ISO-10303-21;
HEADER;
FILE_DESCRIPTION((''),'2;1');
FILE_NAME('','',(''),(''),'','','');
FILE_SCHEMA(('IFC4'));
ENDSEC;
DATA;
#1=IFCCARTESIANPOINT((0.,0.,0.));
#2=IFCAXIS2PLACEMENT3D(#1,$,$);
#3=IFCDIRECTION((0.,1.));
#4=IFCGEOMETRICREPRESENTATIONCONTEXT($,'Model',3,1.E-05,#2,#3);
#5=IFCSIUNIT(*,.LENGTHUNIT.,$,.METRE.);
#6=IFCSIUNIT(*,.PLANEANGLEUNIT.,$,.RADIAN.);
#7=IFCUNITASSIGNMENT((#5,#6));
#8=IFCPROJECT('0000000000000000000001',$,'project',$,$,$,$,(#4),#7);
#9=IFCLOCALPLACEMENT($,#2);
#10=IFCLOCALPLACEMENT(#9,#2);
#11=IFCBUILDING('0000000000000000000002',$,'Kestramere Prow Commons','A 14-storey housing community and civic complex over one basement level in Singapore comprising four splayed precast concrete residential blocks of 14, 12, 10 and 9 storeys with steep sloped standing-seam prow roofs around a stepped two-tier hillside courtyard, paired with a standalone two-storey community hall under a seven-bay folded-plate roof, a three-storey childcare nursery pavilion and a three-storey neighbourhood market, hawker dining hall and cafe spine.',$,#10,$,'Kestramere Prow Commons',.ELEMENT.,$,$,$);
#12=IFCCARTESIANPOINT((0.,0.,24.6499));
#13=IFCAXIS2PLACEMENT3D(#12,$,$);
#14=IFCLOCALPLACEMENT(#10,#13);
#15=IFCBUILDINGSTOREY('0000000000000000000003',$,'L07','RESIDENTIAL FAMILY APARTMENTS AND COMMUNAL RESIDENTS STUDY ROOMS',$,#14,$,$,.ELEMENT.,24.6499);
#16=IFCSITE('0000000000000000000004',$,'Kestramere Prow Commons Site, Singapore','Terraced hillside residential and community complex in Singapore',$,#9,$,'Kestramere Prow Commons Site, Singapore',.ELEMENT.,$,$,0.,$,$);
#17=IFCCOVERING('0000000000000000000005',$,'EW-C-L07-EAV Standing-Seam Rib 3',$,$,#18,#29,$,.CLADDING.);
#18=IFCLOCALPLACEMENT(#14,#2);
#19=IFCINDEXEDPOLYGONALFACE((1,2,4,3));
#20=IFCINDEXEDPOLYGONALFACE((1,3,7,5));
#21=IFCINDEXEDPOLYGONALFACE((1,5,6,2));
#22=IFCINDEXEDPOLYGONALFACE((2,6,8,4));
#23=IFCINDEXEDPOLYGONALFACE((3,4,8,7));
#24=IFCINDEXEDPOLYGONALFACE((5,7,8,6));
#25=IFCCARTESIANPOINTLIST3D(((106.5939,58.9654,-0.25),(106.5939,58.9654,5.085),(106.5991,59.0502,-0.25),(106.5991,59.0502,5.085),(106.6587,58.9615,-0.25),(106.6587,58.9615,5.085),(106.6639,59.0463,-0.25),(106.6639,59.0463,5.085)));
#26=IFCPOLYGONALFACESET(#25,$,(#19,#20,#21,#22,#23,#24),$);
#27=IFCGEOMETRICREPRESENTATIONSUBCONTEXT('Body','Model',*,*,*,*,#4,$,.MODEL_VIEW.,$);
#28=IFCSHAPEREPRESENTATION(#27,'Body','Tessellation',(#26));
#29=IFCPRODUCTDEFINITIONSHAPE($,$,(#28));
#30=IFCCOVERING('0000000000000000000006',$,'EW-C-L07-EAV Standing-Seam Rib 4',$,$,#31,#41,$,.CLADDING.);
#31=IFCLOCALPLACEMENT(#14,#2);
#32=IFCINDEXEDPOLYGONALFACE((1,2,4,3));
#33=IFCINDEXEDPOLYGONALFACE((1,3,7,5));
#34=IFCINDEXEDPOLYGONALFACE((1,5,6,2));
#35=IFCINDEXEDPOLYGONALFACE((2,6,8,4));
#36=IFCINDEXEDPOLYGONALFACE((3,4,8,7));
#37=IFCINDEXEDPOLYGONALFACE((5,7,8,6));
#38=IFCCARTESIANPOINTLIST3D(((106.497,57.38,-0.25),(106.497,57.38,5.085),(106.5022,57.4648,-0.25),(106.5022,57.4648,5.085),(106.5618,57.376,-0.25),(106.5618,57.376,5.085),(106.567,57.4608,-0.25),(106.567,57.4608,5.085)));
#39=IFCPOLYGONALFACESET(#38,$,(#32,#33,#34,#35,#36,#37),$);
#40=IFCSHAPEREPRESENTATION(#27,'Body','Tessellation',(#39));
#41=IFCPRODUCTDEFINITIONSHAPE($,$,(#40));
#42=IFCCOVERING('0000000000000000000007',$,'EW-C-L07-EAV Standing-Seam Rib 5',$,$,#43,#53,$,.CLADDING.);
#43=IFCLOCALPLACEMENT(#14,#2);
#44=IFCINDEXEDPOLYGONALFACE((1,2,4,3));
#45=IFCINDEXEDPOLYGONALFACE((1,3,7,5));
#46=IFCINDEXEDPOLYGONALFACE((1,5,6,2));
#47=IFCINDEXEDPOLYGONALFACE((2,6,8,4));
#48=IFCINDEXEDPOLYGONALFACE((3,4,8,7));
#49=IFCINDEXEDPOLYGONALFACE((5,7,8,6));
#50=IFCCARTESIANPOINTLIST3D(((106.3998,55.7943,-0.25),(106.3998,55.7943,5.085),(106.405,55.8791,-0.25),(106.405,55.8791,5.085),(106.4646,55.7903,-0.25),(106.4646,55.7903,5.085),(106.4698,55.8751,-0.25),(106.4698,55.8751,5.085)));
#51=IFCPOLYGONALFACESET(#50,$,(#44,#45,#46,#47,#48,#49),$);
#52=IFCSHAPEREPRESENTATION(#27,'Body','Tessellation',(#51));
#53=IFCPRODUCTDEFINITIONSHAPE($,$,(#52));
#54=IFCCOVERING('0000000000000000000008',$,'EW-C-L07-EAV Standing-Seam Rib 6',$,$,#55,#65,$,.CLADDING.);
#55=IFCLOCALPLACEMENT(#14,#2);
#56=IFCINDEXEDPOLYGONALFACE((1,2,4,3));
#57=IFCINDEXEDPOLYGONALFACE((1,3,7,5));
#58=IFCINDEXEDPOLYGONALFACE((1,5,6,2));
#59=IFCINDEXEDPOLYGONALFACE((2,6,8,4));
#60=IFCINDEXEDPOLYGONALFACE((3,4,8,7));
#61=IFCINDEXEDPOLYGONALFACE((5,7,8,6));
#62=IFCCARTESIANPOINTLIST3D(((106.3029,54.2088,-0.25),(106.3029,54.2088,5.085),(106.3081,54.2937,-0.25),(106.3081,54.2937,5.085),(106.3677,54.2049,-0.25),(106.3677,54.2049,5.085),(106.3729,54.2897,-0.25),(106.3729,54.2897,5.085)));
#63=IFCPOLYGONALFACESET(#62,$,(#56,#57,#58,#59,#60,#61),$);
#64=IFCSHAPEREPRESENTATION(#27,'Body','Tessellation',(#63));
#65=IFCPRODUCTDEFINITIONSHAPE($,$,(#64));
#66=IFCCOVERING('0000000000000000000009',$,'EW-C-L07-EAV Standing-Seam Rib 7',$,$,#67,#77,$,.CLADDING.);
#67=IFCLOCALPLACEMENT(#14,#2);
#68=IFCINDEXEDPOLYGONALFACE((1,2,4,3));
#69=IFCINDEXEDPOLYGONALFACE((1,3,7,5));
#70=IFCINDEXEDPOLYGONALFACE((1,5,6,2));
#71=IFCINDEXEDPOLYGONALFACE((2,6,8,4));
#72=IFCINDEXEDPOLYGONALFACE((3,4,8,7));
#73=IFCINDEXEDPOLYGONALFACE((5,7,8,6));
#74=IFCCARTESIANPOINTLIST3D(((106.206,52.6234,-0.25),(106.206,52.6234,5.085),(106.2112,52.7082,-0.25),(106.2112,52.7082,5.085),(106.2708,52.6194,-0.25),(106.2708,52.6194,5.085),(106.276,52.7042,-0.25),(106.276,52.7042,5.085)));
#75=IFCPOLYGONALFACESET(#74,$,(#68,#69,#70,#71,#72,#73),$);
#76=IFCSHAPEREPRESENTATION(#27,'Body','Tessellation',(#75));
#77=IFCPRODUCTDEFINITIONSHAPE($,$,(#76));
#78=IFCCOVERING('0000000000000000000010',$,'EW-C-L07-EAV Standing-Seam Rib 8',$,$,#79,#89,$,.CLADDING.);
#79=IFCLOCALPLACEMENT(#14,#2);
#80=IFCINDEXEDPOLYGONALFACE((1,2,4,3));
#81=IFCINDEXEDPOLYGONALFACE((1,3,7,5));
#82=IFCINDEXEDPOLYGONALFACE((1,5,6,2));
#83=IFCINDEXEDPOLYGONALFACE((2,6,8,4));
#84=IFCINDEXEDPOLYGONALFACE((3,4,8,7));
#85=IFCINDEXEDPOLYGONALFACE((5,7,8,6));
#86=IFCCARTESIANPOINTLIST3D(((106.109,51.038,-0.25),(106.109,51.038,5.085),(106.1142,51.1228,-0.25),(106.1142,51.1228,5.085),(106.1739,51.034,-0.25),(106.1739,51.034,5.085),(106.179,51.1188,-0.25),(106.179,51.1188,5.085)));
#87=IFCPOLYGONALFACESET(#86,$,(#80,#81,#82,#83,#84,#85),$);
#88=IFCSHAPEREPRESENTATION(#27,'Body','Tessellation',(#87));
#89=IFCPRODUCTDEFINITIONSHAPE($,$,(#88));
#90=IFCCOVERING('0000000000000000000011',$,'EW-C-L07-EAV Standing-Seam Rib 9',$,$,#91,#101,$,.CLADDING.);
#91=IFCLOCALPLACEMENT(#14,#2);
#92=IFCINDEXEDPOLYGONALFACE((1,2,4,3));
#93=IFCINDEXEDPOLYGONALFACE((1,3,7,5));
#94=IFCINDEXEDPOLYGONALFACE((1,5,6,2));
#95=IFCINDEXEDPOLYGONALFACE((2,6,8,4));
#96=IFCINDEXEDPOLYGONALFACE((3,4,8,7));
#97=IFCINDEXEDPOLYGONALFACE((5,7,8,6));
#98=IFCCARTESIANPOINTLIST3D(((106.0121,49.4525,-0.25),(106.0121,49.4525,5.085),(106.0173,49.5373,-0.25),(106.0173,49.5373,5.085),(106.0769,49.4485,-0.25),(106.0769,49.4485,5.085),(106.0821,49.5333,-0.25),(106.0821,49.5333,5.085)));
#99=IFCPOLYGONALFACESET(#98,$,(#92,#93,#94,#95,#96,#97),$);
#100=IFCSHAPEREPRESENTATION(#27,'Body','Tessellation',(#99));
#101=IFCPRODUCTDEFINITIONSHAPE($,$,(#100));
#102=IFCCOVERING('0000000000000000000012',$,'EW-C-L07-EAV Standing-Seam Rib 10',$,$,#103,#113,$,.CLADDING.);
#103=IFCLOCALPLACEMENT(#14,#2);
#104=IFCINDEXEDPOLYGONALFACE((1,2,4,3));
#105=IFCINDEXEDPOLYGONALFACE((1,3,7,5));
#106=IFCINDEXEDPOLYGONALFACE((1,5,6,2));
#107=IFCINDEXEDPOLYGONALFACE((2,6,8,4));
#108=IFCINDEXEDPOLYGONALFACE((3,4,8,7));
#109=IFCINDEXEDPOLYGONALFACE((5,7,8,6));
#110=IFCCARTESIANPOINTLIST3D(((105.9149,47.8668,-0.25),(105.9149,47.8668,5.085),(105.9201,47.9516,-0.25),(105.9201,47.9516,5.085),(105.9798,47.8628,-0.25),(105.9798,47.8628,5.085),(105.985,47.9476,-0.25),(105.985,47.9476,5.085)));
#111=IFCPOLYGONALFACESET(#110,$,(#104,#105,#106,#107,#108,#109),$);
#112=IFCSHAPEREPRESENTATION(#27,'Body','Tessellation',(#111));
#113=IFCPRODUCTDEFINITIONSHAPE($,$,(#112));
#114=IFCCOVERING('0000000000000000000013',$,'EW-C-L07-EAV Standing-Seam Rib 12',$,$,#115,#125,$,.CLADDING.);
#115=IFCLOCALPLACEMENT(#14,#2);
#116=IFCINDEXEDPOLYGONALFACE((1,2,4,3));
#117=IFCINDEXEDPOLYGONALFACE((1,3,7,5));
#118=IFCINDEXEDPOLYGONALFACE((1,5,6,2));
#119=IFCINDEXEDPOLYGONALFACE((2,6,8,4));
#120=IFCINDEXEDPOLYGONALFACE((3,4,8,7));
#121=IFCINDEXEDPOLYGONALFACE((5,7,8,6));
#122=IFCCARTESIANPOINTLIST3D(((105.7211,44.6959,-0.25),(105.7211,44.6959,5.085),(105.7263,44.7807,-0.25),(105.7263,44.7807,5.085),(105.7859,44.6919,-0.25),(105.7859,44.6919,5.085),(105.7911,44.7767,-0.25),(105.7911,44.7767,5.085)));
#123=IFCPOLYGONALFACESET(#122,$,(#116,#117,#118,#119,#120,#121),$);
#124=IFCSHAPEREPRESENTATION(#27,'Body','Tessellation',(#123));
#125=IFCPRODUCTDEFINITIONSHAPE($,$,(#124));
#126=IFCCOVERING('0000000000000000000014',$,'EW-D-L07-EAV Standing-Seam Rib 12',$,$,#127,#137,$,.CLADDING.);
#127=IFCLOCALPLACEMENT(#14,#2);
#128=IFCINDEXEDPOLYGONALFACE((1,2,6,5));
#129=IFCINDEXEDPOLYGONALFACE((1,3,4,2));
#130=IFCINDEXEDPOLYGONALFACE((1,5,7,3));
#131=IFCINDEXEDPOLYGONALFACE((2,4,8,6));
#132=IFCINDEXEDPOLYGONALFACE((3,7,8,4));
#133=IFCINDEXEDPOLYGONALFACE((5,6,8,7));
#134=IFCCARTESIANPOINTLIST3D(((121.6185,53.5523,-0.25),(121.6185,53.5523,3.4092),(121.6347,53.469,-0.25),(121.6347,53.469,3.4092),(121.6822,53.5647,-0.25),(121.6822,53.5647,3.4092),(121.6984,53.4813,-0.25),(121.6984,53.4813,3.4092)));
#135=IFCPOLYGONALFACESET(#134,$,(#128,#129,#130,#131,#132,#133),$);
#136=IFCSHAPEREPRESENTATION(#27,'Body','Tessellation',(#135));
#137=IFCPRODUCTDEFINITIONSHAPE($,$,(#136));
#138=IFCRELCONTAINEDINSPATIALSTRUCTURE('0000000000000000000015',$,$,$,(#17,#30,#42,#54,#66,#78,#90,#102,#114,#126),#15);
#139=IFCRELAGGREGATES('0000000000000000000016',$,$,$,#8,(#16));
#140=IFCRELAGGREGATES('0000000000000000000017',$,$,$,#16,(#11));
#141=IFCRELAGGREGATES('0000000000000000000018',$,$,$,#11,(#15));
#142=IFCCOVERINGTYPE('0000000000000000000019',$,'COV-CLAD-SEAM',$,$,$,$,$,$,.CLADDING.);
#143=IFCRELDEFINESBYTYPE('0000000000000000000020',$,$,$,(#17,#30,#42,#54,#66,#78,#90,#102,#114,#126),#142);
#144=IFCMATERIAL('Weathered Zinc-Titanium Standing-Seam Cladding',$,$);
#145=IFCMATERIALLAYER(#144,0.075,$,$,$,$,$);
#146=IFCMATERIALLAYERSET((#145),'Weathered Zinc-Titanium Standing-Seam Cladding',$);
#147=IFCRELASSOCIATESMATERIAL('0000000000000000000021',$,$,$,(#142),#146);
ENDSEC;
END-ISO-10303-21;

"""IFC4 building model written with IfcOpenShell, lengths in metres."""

from ifc_helpers import new_model, si_unit, direction, frame, origin, origin_2d, place, context, subcontext, project, spatial, rectangle, extrude, material, layer, layer_set, type_object, element, save


model = new_model("IFC4")

# Units and contexts
model_context = context("Model", 3, precision=1e-05, world=origin(), true_north=direction((0.0, 1.0)))
body_context = subcontext(model_context, "Body", "Model", "MODEL_VIEW")
ifc_project = project(units=[si_unit("LENGTHUNIT", "METRE"), si_unit("PLANEANGLEUNIT", "RADIAN")], contexts=[model_context])

# Site, building, storey
site_placement = place(None, origin())
site = spatial("IfcSite", under=ifc_project, at=site_placement, Name="Kestramere Prow Commons Site, Singapore", Description="Terraced hillside residential and community complex in Singapore", LongName="Kestramere Prow Commons Site, Singapore", CompositionType="ELEMENT", RefElevation=0.0)
building_placement = place(site_placement, origin())
building = spatial("IfcBuilding", under=site, at=building_placement, Name="Kestramere Prow Commons", Description="A 14-storey housing community and civic complex over one basement level in Singapore comprising four splayed precast concrete residential blocks of 14, 12, 10 and 9 storeys with steep sloped standing-seam prow roofs around a stepped two-tier hillside courtyard, paired with a standalone two-storey community hall under a seven-bay folded-plate roof, a three-storey childcare nursery pavilion and a three-storey neighbourhood market, hawker dining hall and cafe spine.", LongName="Kestramere Prow Commons", CompositionType="ELEMENT")
storey_placement = place(building_placement, frame((0.0, 0.0, 24.6499)))
storey = spatial("IfcBuildingStorey", under=building, at=storey_placement, Name="L07", Description="RESIDENTIAL FAMILY APARTMENTS AND COMMUNAL RESIDENTS STUDY ROOMS", CompositionType="ELEMENT", Elevation=24.6499)

# Coverings
ifc_material_1 = material(Name="Weathered Zinc-Titanium Standing-Seam Cladding")
ifc_layer_1 = layer(ifc_material_1, 0.075)
ifc_layer_set_1 = layer_set([ifc_layer_1], Name="Weathered Zinc-Titanium Standing-Seam Cladding")
covering_type = type_object("IfcCoveringType", Name="COV-CLAD-SEAM", PredefinedType="CLADDING", material=ifc_layer_set_1)
for number, where, z_axis, x_axis, name in (
    (1, (106.6289, 59.0059, -0.25), (0.0, 0.0, 1.0), (-0.061049, -0.998135, 0.0), "EW-C-L07-EAV Standing-Seam Rib 3"),
    (2, (106.532, 57.4204, -0.25), (0.0, 0.0, 1.0), (-0.061049, -0.998135, 0.0), "EW-C-L07-EAV Standing-Seam Rib 4"),
    (3, (106.4348, 55.8347, -0.25), (0.0, 0.0, 1.0), (-0.061049, -0.998135, 0.0), "EW-C-L07-EAV Standing-Seam Rib 5"),
    (4, (106.3379, 54.2493, -0.25), (0.0, 0.0, 1.0), (-0.061049, -0.998135, 0.0), "EW-C-L07-EAV Standing-Seam Rib 6"),
    (5, (106.241, 52.6638, -0.25), (0.0, 0.0, 1.0), (-0.061049, -0.998135, 0.0), "EW-C-L07-EAV Standing-Seam Rib 7"),
    (6, (106.144, 51.0784, -0.25), (0.0, 0.0, 1.0), (-0.061049, -0.998135, 0.0), "EW-C-L07-EAV Standing-Seam Rib 8"),
    (7, (106.0471, 49.4929, -0.25), (0.0, 0.0, 1.0), (-0.061049, -0.998135, 0.0), "EW-C-L07-EAV Standing-Seam Rib 9"),
    (8, (105.95, 47.9072, -0.25), (0.0, 0.0, 1.0), (-0.061049, -0.998135, 0.0), "EW-C-L07-EAV Standing-Seam Rib 10"),
    (9, (105.7561, 44.7363, -0.25), (0.0, 0.0, 1.0), (-0.061049, -0.998135, 0.0), "EW-C-L07-EAV Standing-Seam Rib 12"),
):
    element("IfcCovering", number, at=place(storey_placement, frame(where, z_axis=z_axis, x_axis=x_axis)), inside=storey, type_object=covering_type, Name=name, PredefinedType="CLADDING", context=body_context, shape_type="SweptSolid", body=[
        extrude(rectangle(XDim=0.085, YDim=0.0649, at=origin_2d()), origin(), (0.0, 0.0, 1.0), 5.335),
    ])
covering_placement = place(storey_placement, frame((121.6584, 53.5168, -0.25), z_axis=(0.0, 0.0, 1.0), x_axis=(-0.190809, 0.981627, 0.0)))
element("IfcCovering", 10, at=covering_placement, inside=storey, type_object=covering_type, Name="EW-D-L07-EAV Standing-Seam Rib 12", PredefinedType="CLADDING", context=body_context, shape_type="SweptSolid", body=[
    extrude(rectangle(XDim=0.085, YDim=0.0649, at=origin_2d()), origin(), (0.0, 0.0, 1.0), 3.6592),
])

save(model, "model.ifc")
